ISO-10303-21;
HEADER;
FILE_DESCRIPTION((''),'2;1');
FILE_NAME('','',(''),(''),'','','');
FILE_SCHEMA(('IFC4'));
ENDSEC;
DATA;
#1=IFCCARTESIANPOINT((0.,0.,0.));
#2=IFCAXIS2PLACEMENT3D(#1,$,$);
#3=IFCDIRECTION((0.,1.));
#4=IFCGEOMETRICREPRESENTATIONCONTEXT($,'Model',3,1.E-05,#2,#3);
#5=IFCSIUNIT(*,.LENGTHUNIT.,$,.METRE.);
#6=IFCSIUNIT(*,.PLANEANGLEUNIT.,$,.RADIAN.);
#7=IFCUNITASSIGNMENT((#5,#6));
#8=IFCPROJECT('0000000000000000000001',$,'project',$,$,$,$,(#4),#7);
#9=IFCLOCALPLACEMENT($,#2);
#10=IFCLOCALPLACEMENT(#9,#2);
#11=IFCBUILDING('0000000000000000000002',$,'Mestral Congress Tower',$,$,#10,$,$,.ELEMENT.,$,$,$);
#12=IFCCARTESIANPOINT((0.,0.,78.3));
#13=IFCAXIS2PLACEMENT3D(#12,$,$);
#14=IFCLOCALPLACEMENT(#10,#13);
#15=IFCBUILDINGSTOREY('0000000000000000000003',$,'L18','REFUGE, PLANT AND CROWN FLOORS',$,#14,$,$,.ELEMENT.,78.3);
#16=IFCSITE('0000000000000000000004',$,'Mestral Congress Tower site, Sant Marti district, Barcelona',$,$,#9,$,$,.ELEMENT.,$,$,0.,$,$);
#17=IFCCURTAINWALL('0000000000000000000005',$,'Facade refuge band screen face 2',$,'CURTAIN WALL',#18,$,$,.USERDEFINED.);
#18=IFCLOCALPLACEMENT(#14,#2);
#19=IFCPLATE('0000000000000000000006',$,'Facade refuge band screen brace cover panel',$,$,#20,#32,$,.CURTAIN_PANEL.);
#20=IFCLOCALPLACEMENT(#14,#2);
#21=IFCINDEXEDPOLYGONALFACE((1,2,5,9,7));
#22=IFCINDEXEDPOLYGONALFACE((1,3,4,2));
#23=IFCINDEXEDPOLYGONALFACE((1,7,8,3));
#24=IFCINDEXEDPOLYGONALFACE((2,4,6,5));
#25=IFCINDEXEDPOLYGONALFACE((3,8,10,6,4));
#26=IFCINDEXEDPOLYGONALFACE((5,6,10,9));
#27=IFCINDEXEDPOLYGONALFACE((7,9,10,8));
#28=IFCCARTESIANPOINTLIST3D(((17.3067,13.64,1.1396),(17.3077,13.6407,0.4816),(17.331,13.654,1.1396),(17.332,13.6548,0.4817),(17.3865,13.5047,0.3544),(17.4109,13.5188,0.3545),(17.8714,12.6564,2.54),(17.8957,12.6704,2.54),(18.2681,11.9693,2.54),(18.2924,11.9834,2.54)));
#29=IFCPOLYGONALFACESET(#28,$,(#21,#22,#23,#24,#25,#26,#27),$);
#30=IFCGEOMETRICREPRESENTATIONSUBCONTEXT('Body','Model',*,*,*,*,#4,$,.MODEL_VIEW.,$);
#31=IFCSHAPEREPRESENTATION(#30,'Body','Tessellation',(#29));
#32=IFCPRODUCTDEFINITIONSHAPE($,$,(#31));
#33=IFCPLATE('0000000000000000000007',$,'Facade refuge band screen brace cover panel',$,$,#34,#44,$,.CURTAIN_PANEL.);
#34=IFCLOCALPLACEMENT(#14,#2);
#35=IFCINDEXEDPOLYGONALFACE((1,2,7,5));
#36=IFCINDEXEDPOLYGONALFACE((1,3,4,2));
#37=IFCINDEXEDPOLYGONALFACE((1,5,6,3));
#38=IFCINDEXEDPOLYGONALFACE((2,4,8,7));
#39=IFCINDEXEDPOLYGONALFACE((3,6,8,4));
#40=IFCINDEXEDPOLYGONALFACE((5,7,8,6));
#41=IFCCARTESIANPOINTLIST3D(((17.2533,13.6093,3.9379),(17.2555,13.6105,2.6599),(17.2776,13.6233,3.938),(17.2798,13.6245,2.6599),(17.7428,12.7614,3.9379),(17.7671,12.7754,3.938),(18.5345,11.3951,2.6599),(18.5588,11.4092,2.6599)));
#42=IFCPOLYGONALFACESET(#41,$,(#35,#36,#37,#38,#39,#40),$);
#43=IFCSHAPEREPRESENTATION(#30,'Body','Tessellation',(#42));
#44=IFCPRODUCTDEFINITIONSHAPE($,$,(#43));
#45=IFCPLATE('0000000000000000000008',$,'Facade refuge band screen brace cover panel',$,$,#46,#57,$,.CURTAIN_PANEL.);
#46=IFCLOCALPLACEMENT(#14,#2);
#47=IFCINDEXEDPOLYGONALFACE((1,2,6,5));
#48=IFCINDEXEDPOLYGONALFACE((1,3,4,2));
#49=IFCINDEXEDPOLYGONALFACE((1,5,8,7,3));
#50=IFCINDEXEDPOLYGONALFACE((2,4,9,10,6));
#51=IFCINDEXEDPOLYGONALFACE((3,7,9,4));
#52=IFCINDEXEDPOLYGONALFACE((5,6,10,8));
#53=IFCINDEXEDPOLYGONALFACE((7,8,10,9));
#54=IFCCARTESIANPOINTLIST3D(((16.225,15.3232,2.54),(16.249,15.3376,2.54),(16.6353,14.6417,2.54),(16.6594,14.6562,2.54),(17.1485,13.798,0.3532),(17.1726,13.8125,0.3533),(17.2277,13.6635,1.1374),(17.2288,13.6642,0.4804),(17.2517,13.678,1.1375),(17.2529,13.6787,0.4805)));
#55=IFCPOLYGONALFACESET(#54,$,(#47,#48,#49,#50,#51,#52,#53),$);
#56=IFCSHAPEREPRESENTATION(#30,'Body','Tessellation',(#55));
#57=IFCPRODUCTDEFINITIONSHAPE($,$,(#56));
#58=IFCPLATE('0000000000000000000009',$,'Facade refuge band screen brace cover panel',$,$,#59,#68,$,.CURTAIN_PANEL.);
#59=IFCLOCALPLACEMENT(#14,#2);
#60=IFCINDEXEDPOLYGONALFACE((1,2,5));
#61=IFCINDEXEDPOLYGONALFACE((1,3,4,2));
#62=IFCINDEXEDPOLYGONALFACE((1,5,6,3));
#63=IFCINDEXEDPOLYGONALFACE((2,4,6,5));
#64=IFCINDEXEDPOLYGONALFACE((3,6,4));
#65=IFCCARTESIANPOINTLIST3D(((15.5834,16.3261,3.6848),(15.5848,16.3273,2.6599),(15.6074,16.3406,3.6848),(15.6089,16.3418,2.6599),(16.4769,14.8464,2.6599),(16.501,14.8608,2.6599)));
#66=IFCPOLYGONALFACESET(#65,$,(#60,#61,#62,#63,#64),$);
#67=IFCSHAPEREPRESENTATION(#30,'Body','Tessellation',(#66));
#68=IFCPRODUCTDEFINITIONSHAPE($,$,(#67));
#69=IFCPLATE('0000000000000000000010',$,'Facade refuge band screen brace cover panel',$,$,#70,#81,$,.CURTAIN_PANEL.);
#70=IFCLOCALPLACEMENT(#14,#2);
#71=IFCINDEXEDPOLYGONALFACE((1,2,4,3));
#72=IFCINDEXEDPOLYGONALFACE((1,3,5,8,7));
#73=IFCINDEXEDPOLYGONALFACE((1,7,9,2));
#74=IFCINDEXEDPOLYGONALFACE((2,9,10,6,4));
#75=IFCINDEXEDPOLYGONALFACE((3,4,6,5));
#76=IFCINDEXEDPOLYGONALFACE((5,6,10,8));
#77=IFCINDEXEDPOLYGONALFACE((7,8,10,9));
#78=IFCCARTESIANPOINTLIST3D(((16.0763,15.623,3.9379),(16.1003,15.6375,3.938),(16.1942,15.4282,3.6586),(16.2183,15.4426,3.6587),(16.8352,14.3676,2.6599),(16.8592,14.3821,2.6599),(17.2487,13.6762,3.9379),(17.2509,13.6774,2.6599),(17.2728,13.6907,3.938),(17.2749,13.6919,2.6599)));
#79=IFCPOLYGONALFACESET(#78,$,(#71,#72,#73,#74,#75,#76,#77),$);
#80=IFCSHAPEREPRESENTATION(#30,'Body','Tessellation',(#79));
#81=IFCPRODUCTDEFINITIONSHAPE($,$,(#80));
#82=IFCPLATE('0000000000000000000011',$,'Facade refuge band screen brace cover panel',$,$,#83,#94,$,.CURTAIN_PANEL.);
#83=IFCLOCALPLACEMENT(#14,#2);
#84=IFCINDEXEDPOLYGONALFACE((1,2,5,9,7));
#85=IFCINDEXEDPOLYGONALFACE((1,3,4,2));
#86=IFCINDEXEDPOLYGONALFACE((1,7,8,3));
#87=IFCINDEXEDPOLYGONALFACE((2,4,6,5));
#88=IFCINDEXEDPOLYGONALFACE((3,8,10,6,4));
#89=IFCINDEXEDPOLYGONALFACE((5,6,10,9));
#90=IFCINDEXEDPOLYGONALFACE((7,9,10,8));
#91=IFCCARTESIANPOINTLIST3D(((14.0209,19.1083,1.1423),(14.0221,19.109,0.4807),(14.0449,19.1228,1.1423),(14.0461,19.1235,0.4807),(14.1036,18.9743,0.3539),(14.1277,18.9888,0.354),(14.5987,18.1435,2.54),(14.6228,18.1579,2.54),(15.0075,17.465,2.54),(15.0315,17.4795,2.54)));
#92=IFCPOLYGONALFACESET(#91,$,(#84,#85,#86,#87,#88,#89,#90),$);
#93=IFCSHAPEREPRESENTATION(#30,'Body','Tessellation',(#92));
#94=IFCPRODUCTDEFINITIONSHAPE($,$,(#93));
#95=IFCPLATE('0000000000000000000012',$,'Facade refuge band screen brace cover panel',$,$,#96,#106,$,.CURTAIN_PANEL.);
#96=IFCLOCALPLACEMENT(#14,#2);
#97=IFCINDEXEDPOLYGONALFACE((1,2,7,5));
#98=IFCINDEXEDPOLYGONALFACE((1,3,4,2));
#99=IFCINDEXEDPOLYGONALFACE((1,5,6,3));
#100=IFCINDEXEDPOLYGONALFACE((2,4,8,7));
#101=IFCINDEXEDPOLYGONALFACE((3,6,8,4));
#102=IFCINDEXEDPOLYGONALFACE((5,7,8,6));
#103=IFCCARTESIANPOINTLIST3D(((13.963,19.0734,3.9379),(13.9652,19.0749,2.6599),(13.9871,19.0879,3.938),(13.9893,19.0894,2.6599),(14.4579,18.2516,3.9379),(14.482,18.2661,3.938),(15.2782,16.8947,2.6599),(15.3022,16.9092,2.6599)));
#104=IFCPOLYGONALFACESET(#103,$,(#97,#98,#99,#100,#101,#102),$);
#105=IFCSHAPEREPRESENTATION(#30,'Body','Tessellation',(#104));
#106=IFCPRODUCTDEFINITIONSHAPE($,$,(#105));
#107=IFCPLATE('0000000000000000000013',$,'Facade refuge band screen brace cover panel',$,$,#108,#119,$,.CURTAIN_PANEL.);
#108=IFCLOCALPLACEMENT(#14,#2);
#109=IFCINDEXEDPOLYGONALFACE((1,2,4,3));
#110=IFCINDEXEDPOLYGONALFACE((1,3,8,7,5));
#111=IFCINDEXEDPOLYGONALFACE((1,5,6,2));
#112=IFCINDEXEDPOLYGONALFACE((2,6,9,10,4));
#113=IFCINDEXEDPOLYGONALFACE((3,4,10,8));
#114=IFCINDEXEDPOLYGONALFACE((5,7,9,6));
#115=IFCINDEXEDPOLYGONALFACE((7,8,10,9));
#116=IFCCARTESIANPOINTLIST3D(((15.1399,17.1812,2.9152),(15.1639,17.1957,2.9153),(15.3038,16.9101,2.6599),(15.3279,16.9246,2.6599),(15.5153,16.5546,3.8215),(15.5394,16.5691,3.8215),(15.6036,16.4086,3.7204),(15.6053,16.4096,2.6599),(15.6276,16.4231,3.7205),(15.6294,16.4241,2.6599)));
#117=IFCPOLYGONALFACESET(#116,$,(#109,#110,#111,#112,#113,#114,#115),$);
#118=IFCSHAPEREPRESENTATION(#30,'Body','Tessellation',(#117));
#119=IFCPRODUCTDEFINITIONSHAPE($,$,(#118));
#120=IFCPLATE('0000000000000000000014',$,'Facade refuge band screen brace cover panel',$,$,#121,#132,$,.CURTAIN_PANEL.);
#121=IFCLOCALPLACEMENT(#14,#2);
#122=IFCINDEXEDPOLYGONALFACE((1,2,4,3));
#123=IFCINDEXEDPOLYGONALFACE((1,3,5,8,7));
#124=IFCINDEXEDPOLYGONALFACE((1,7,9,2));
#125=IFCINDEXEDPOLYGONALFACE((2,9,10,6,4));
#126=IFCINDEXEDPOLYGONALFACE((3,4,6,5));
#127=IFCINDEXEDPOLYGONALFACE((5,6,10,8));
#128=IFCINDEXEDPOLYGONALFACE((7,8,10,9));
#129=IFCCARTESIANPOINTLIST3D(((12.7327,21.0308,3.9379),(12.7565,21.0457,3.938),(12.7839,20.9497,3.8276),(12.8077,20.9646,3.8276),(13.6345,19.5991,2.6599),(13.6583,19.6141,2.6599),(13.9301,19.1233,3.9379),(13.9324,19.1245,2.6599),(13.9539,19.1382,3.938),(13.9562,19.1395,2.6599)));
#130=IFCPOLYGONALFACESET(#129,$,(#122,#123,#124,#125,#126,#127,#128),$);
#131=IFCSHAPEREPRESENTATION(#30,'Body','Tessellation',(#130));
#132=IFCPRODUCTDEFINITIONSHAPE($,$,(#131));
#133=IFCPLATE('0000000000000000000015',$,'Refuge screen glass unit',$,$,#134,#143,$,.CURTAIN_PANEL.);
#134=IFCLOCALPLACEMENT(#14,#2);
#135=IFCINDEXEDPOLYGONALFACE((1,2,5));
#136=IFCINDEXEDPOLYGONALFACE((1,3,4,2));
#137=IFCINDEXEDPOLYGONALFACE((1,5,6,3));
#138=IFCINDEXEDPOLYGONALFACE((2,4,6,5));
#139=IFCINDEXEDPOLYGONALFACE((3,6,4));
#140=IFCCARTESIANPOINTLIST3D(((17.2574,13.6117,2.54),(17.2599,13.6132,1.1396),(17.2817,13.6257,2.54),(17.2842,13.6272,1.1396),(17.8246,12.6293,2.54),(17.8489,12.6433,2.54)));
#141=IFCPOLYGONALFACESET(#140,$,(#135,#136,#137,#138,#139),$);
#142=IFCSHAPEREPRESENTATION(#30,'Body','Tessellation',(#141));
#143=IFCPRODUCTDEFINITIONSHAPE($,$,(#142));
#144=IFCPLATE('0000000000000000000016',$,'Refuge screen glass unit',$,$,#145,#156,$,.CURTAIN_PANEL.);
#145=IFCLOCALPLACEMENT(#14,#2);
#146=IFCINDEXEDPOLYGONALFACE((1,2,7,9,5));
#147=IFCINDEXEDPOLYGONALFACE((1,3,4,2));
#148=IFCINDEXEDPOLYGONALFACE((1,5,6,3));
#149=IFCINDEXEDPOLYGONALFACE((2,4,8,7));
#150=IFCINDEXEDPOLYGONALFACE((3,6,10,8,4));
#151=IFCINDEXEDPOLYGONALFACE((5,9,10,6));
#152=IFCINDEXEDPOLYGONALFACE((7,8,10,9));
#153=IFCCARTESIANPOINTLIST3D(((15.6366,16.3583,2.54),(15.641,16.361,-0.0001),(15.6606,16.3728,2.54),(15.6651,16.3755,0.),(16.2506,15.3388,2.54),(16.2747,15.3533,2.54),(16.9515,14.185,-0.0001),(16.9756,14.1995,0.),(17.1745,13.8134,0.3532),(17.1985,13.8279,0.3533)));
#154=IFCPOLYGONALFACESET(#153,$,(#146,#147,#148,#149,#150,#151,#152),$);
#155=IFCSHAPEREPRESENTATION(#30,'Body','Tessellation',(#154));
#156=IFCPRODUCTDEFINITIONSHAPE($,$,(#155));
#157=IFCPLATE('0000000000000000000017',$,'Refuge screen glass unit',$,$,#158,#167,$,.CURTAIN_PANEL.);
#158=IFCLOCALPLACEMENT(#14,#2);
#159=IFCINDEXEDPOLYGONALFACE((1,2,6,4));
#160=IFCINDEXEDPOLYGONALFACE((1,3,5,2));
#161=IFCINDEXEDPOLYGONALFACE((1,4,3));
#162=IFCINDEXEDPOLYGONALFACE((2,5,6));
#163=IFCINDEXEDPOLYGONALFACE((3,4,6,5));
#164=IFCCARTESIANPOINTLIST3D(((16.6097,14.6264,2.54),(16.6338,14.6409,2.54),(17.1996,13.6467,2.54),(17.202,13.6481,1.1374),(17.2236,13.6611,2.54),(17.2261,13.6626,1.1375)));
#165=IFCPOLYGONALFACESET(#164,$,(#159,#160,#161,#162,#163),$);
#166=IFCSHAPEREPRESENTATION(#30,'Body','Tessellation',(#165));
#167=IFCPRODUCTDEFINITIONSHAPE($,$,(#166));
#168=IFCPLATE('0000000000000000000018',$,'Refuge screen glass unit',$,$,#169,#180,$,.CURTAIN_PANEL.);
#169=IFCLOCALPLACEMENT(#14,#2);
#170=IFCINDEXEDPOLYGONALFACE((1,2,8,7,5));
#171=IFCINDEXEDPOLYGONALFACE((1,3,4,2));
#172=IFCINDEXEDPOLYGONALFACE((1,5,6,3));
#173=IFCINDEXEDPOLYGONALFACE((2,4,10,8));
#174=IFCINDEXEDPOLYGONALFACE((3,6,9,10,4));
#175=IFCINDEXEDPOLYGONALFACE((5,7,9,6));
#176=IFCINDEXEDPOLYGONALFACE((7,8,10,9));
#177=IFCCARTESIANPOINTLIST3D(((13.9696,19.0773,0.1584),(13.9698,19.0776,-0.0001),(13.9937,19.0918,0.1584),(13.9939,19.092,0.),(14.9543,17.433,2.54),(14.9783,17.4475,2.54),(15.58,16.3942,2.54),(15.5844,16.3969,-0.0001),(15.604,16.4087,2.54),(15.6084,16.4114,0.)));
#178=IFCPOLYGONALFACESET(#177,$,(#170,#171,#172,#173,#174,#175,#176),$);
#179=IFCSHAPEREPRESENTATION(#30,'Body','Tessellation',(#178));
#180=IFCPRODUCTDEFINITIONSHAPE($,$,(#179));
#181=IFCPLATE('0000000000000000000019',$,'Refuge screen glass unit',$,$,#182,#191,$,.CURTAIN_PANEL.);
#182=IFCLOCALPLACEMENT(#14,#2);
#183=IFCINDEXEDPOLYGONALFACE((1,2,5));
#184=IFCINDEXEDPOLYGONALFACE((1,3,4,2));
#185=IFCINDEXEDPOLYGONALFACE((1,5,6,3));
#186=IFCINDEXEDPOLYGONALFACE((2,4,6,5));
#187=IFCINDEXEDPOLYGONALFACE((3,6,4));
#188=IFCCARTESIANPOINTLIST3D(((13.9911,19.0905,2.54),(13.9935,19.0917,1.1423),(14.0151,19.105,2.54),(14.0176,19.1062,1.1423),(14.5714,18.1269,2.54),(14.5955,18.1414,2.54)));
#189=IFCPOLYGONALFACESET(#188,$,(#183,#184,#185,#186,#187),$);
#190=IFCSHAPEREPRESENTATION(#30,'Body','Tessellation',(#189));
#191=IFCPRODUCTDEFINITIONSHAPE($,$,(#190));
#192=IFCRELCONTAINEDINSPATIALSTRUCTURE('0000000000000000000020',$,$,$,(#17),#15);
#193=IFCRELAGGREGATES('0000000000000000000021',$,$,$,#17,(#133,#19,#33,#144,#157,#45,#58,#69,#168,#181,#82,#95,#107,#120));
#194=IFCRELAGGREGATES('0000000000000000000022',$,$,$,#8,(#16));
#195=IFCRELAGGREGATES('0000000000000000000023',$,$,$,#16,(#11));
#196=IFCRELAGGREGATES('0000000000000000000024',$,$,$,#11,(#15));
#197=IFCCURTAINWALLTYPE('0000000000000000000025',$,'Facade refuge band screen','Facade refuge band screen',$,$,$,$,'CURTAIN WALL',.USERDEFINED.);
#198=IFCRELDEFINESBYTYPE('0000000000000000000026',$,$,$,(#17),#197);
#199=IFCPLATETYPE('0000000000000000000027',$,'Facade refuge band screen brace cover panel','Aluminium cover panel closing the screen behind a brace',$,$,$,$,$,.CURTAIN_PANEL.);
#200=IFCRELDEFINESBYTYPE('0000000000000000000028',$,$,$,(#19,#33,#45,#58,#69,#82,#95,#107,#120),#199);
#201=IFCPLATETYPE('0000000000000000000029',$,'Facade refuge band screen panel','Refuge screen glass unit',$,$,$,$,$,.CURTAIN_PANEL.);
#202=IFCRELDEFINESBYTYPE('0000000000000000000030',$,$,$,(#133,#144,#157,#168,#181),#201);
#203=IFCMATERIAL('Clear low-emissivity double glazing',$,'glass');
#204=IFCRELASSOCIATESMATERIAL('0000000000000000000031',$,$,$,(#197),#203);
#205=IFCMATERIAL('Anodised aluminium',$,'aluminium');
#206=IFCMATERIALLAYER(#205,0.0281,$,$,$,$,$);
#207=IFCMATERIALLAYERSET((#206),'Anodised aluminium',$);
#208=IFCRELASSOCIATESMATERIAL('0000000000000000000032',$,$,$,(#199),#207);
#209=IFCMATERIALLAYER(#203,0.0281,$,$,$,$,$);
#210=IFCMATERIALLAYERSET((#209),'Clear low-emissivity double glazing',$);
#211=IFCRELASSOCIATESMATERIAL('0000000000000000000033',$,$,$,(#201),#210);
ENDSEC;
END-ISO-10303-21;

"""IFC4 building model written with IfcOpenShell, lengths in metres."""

from ifc_helpers import new_model, si_unit, direction, frame, origin, place, context, subcontext, project, spatial, polyline, outline, extrude, material, layer, layer_set, type_object, element, aggregate, save


model = new_model("IFC4")

# Units and contexts
model_context = context("Model", 3, precision=1e-05, world=origin(), true_north=direction((0.0, 1.0)))
body_context = subcontext(model_context, "Body", "Model", "MODEL_VIEW")
ifc_project = project(units=[si_unit("LENGTHUNIT", "METRE"), si_unit("PLANEANGLEUNIT", "RADIAN")], contexts=[model_context])

# Site, building, storey
site_placement = place(None, origin())
site = spatial("IfcSite", under=ifc_project, at=site_placement, Name="Mestral Congress Tower site, Sant Marti district, Barcelona", CompositionType="ELEMENT", RefElevation=0.0)
building_placement = place(site_placement, origin())
building = spatial("IfcBuilding", under=site, at=building_placement, Name="Mestral Congress Tower", CompositionType="ELEMENT")
storey_placement = place(building_placement, frame((0.0, 0.0, 78.3)))
storey = spatial("IfcBuildingStorey", under=building, at=storey_placement, Name="L18", Description="REFUGE, PLANT AND CROWN FLOORS", CompositionType="ELEMENT", Elevation=78.3)

# Curtain wall
ifc_material_1 = material(Name="Clear low-emissivity double glazing", Category="glass")
curtain_wall_type = type_object("IfcCurtainWallType", Name="Facade refuge band screen", Description="Facade refuge band screen", ElementType="CURTAIN WALL", PredefinedType="USERDEFINED", material=ifc_material_1)
curtain_wall_placement = place(storey_placement, origin())
curtain_wall = element("IfcCurtainWall", 1, at=curtain_wall_placement, inside=storey, type_object=curtain_wall_type, Name="Facade refuge band screen face 2", ObjectType="CURTAIN WALL", PredefinedType="USERDEFINED")
ifc_material_2 = material(Name="Anodised aluminium", Category="aluminium")

# Plates
ifc_layer_1 = layer(ifc_material_2, 0.0281)
ifc_layer_set_1 = layer_set([ifc_layer_1], Name="Anodised aluminium")
plate_type_1 = type_object("IfcPlateType", Name="Facade refuge band screen brace cover panel", Description="Aluminium cover panel closing the screen behind a brace", PredefinedType="CURTAIN_PANEL", material=ifc_layer_set_1)
plate_1_placement = place(storey_placement, frame((17.332, 13.6548, 0.4817), z_axis=(0.866001, 0.500038, 0.001972), x_axis=(0.389796, -0.672594, -0.629028)))
plate_1 = element("IfcPlate", 2, at=plate_1_placement, type_object=plate_type_1, Name="Facade refuge band screen brace cover panel", PredefinedType="CURTAIN_PANEL", context=body_context, shape_type="SweptSolid", body=[
    extrude(outline(polyline([(0.0, 0.0), (0.2022, 0.0), (0.2038, -2.8127), (-0.4129, -2.3137), (-0.4138, -0.5116), (0.0, 0.0)])), origin(), (0.0, 0.0, -1.0), 0.0281),
])
plate_2_placement = place(storey_placement, frame((17.2776, 13.6233, 3.938), z_axis=(0.866024, 0.499998, 0.001989), x_axis=(0.001738, 0.000966, -0.999998)))
plate_2 = element("IfcPlate", 3, at=plate_2_placement, type_object=plate_type_1, Name="Facade refuge band screen brace cover panel", PredefinedType="CURTAIN_PANEL", context=body_context, shape_type="SweptSolid", body=[
    extrude(outline(polyline([(0.0, 0.0), (1.2781, 0.0), (1.2782, -2.5581), (0.0, -0.9791), (0.0, 0.0)])), origin(), (0.0, 0.0, -1.0), 0.0281),
])
plate_3_placement = place(storey_placement, frame((16.249, 15.3376, 2.54), z_axis=(0.856659, 0.51588, 0.002002), x_axis=(0.327326, -0.540544, -0.775029)))
plate_3 = element("IfcPlate", 4, at=plate_3_placement, type_object=plate_type_1, Name="Facade refuge band screen brace cover panel", PredefinedType="CURTAIN_PANEL", context=body_context, shape_type="SweptSolid", body=[
    extrude(outline(polyline([(0.0, 0.0), (2.8215, 0.0), (2.8216, -0.2013), (2.3124, -0.6165), (0.5027, -0.6165), (0.0, 0.0)])), origin(), (0.0, 0.0, -1.0), 0.0281),
])
plate_4_placement = place(storey_placement, frame((15.6089, 16.3418, 2.6599), z_axis=(0.856593, 0.515989, 0.001839), x_axis=(0.51599, -0.856595, 0.0)))
plate_4 = element("IfcPlate", 5, at=plate_4_placement, type_object=plate_type_1, Name="Facade refuge band screen brace cover panel", PredefinedType="CURTAIN_PANEL", context=body_context, shape_type="SweptSolid", body=[
    extrude(outline(polyline([(0.0, 0.0), (1.7289, 0.0), (0.0003, -1.0249), (0.0, 0.0)])), origin(), (0.0, 0.0, -1.0), 0.0281),
])
plate_5_placement = place(storey_placement, frame((17.2749, 13.6919, 2.6599), z_axis=(0.856635, 0.51592, 0.001892), x_axis=(-0.001656, -0.000917, 0.999998)))
plate_5 = element("IfcPlate", 6, at=plate_5_placement, type_object=plate_type_1, Name="Facade refuge band screen brace cover panel", PredefinedType="CURTAIN_PANEL", context=body_context, shape_type="SweptSolid", body=[
    extrude(outline(polyline([(0.0, 0.0), (1.2781, 0.0), (1.2782, -2.2725), (0.9989, -2.0448), (0.0001, -0.8057), (0.0, 0.0)])), origin(), (0.0, 0.0, -1.0), 0.0281),
])
plate_6_placement = place(storey_placement, frame((14.0461, 19.1235, 0.4807), z_axis=(0.856555, 0.516051, 0.002123), x_axis=(0.403239, -0.666728, -0.626795)))
plate_6 = element("IfcPlate", 7, at=plate_6_placement, type_object=plate_type_1, Name="Facade refuge band screen brace cover panel", PredefinedType="CURTAIN_PANEL", context=body_context, shape_type="SweptSolid", body=[
    extrude(outline(polyline([(0.0, 0.0), (0.2022, 0.0), (0.2027, -2.806), (-0.4145, -2.3095), (-0.4147, -0.5155), (0.0, 0.0)])), origin(), (0.0, 0.0, -1.0), 0.0281),
])
plate_7_placement = place(storey_placement, frame((13.9871, 19.0879, 3.938), z_axis=(0.856648, 0.515898, 0.002081), x_axis=(0.001733, 0.001155, -0.999998)))
plate_7 = element("IfcPlate", 8, at=plate_7_placement, type_object=plate_type_1, Name="Facade refuge band screen brace cover panel", PredefinedType="CURTAIN_PANEL", context=body_context, shape_type="SweptSolid", body=[
    extrude(outline(polyline([(0.0, 0.0), (1.2781, 0.0), (1.2778, -2.545), (-0.0001, -0.9593), (0.0, 0.0)])), origin(), (0.0, 0.0, -1.0), 0.0281),
])
plate_8_placement = place(storey_placement, frame((15.3279, 16.9246, 2.6599), z_axis=(0.856567, 0.516032, 0.001937), x_axis=(0.516033, -0.856569, 0.0)))
plate_8 = element("IfcPlate", 9, at=plate_8_placement, type_object=plate_type_1, Name="Facade refuge band screen brace cover panel", PredefinedType="CURTAIN_PANEL", context=body_context, shape_type="SweptSolid", body=[
    extrude(outline(polyline([(0.0, 0.0), (0.5843, 0.0), (0.5842, -1.0605), (0.4136, -1.1616), (-0.3169, -0.2554), (0.0, 0.0)])), origin(), (0.0, 0.0, -1.0), 0.0281),
])
plate_9_placement = place(storey_placement, frame((13.9539, 19.1382, 3.938), z_axis=(0.846965, 0.531645, 0.002068), x_axis=(-0.531646, 0.846966, 0.0)))
plate_9 = element("IfcPlate", 10, at=plate_9_placement, type_object=plate_type_1, Name="Facade refuge band screen brace cover panel", PredefinedType="CURTAIN_PANEL", context=body_context, shape_type="SweptSolid", body=[
    extrude(outline(polyline([(0.0, 0.0), (2.2522, 0.0), (2.1563, -0.1104), (0.5602, -1.2781), (-0.0001, -1.2781), (0.0, 0.0)])), origin(), (0.0, 0.0, -1.0), 0.0281),
])
ifc_layer_2 = layer(ifc_material_1, 0.0281)
ifc_layer_set_2 = layer_set([ifc_layer_2], Name="Clear low-emissivity double glazing")
plate_type_2 = type_object("IfcPlateType", Name="Facade refuge band screen panel", Description="Refuge screen glass unit", PredefinedType="CURTAIN_PANEL", material=ifc_layer_set_2)
plate_10_placement = place(storey_placement, frame((17.2817, 13.6257, 2.54), z_axis=(0.866048, 0.499957, 0.002033), x_axis=(0.001743, 0.001046, -0.999998)))
plate_10 = element("IfcPlate", 11, at=plate_10_placement, type_object=plate_type_2, Name="Refuge screen glass unit", PredefinedType="CURTAIN_PANEL", context=body_context, shape_type="SweptSolid", body=[
    extrude(outline(polyline([(0.0, 0.0), (1.4004, 0.0), (0.0, -1.1344), (0.0, 0.0)])), origin(), (0.0, 0.0, -1.0), 0.0281),
])
plate_11_placement = place(storey_placement, frame((15.6606, 16.3728, 2.54), z_axis=(0.85664, 0.51591, 0.002037), x_axis=(0.001738, 0.001062, -0.999998)))
plate_11 = element("IfcPlate", 12, at=plate_11_placement, type_object=plate_type_2, Name="Refuge screen glass unit", PredefinedType="CURTAIN_PANEL", context=body_context, shape_type="SweptSolid", body=[
    extrude(outline(polyline([(0.0, 0.0), (2.54, 0.0), (2.54, -2.5402), (2.1867, -2.9735), (0.0, -1.1901), (0.0, 0.0)])), origin(), (0.0, 0.0, -1.0), 0.0281),
])
plate_12_placement = place(storey_placement, frame((17.2236, 13.6611, 2.54), z_axis=(0.856718, 0.515781, 0.00203), x_axis=(-0.515782, 0.85672, 0.0)))
plate_12 = element("IfcPlate", 13, at=plate_12_placement, type_object=plate_type_2, Name="Refuge screen glass unit", PredefinedType="CURTAIN_PANEL", context=body_context, shape_type="SweptSolid", body=[
    extrude(outline(polyline([(0.0, 0.0), (1.1436, 0.0), (0.0, -1.4026), (0.0, 0.0)])), origin(), (0.0, 0.0, -1.0), 0.0281),
])
plate_13_placement = place(storey_placement, frame((15.604, 16.4087, 2.54), z_axis=(0.856621, 0.515942, 0.002048), x_axis=(-0.515944, 0.856623, 0.0)))
plate_13 = element("IfcPlate", 14, at=plate_13_placement, type_object=plate_type_2, Name="Refuge screen glass unit", PredefinedType="CURTAIN_PANEL", context=body_context, shape_type="SweptSolid", body=[
    extrude(outline(polyline([(0.0, 0.0), (1.2127, 0.0), (3.1293, -2.3816), (3.1293, -2.54), (0.0, -2.54), (0.0, 0.0)])), origin(), (0.0, 0.0, -1.0), 0.0281),
])
plate_14_placement = place(storey_placement, frame((14.0151, 19.105, 2.54), z_axis=(0.856648, 0.515898, 0.001947), x_axis=(0.001747, 0.000873, -0.999998)))
plate_14 = element("IfcPlate", 15, at=plate_14_placement, type_object=plate_type_2, Name="Refuge screen glass unit", PredefinedType="CURTAIN_PANEL", context=body_context, shape_type="SweptSolid", body=[
    extrude(outline(polyline([(0.0, 0.0), (1.3977, 0.0), (0.0002, -1.1249), (0.0, 0.0)])), origin(), (0.0, 0.0, -1.0), 0.0281),
])
aggregate(curtain_wall, [plate_10, plate_1, plate_2, plate_11, plate_12, plate_3, plate_4, plate_5, plate_13, plate_14, plate_6, plate_7, plate_8, plate_9])

save(model, "model.ifc")
